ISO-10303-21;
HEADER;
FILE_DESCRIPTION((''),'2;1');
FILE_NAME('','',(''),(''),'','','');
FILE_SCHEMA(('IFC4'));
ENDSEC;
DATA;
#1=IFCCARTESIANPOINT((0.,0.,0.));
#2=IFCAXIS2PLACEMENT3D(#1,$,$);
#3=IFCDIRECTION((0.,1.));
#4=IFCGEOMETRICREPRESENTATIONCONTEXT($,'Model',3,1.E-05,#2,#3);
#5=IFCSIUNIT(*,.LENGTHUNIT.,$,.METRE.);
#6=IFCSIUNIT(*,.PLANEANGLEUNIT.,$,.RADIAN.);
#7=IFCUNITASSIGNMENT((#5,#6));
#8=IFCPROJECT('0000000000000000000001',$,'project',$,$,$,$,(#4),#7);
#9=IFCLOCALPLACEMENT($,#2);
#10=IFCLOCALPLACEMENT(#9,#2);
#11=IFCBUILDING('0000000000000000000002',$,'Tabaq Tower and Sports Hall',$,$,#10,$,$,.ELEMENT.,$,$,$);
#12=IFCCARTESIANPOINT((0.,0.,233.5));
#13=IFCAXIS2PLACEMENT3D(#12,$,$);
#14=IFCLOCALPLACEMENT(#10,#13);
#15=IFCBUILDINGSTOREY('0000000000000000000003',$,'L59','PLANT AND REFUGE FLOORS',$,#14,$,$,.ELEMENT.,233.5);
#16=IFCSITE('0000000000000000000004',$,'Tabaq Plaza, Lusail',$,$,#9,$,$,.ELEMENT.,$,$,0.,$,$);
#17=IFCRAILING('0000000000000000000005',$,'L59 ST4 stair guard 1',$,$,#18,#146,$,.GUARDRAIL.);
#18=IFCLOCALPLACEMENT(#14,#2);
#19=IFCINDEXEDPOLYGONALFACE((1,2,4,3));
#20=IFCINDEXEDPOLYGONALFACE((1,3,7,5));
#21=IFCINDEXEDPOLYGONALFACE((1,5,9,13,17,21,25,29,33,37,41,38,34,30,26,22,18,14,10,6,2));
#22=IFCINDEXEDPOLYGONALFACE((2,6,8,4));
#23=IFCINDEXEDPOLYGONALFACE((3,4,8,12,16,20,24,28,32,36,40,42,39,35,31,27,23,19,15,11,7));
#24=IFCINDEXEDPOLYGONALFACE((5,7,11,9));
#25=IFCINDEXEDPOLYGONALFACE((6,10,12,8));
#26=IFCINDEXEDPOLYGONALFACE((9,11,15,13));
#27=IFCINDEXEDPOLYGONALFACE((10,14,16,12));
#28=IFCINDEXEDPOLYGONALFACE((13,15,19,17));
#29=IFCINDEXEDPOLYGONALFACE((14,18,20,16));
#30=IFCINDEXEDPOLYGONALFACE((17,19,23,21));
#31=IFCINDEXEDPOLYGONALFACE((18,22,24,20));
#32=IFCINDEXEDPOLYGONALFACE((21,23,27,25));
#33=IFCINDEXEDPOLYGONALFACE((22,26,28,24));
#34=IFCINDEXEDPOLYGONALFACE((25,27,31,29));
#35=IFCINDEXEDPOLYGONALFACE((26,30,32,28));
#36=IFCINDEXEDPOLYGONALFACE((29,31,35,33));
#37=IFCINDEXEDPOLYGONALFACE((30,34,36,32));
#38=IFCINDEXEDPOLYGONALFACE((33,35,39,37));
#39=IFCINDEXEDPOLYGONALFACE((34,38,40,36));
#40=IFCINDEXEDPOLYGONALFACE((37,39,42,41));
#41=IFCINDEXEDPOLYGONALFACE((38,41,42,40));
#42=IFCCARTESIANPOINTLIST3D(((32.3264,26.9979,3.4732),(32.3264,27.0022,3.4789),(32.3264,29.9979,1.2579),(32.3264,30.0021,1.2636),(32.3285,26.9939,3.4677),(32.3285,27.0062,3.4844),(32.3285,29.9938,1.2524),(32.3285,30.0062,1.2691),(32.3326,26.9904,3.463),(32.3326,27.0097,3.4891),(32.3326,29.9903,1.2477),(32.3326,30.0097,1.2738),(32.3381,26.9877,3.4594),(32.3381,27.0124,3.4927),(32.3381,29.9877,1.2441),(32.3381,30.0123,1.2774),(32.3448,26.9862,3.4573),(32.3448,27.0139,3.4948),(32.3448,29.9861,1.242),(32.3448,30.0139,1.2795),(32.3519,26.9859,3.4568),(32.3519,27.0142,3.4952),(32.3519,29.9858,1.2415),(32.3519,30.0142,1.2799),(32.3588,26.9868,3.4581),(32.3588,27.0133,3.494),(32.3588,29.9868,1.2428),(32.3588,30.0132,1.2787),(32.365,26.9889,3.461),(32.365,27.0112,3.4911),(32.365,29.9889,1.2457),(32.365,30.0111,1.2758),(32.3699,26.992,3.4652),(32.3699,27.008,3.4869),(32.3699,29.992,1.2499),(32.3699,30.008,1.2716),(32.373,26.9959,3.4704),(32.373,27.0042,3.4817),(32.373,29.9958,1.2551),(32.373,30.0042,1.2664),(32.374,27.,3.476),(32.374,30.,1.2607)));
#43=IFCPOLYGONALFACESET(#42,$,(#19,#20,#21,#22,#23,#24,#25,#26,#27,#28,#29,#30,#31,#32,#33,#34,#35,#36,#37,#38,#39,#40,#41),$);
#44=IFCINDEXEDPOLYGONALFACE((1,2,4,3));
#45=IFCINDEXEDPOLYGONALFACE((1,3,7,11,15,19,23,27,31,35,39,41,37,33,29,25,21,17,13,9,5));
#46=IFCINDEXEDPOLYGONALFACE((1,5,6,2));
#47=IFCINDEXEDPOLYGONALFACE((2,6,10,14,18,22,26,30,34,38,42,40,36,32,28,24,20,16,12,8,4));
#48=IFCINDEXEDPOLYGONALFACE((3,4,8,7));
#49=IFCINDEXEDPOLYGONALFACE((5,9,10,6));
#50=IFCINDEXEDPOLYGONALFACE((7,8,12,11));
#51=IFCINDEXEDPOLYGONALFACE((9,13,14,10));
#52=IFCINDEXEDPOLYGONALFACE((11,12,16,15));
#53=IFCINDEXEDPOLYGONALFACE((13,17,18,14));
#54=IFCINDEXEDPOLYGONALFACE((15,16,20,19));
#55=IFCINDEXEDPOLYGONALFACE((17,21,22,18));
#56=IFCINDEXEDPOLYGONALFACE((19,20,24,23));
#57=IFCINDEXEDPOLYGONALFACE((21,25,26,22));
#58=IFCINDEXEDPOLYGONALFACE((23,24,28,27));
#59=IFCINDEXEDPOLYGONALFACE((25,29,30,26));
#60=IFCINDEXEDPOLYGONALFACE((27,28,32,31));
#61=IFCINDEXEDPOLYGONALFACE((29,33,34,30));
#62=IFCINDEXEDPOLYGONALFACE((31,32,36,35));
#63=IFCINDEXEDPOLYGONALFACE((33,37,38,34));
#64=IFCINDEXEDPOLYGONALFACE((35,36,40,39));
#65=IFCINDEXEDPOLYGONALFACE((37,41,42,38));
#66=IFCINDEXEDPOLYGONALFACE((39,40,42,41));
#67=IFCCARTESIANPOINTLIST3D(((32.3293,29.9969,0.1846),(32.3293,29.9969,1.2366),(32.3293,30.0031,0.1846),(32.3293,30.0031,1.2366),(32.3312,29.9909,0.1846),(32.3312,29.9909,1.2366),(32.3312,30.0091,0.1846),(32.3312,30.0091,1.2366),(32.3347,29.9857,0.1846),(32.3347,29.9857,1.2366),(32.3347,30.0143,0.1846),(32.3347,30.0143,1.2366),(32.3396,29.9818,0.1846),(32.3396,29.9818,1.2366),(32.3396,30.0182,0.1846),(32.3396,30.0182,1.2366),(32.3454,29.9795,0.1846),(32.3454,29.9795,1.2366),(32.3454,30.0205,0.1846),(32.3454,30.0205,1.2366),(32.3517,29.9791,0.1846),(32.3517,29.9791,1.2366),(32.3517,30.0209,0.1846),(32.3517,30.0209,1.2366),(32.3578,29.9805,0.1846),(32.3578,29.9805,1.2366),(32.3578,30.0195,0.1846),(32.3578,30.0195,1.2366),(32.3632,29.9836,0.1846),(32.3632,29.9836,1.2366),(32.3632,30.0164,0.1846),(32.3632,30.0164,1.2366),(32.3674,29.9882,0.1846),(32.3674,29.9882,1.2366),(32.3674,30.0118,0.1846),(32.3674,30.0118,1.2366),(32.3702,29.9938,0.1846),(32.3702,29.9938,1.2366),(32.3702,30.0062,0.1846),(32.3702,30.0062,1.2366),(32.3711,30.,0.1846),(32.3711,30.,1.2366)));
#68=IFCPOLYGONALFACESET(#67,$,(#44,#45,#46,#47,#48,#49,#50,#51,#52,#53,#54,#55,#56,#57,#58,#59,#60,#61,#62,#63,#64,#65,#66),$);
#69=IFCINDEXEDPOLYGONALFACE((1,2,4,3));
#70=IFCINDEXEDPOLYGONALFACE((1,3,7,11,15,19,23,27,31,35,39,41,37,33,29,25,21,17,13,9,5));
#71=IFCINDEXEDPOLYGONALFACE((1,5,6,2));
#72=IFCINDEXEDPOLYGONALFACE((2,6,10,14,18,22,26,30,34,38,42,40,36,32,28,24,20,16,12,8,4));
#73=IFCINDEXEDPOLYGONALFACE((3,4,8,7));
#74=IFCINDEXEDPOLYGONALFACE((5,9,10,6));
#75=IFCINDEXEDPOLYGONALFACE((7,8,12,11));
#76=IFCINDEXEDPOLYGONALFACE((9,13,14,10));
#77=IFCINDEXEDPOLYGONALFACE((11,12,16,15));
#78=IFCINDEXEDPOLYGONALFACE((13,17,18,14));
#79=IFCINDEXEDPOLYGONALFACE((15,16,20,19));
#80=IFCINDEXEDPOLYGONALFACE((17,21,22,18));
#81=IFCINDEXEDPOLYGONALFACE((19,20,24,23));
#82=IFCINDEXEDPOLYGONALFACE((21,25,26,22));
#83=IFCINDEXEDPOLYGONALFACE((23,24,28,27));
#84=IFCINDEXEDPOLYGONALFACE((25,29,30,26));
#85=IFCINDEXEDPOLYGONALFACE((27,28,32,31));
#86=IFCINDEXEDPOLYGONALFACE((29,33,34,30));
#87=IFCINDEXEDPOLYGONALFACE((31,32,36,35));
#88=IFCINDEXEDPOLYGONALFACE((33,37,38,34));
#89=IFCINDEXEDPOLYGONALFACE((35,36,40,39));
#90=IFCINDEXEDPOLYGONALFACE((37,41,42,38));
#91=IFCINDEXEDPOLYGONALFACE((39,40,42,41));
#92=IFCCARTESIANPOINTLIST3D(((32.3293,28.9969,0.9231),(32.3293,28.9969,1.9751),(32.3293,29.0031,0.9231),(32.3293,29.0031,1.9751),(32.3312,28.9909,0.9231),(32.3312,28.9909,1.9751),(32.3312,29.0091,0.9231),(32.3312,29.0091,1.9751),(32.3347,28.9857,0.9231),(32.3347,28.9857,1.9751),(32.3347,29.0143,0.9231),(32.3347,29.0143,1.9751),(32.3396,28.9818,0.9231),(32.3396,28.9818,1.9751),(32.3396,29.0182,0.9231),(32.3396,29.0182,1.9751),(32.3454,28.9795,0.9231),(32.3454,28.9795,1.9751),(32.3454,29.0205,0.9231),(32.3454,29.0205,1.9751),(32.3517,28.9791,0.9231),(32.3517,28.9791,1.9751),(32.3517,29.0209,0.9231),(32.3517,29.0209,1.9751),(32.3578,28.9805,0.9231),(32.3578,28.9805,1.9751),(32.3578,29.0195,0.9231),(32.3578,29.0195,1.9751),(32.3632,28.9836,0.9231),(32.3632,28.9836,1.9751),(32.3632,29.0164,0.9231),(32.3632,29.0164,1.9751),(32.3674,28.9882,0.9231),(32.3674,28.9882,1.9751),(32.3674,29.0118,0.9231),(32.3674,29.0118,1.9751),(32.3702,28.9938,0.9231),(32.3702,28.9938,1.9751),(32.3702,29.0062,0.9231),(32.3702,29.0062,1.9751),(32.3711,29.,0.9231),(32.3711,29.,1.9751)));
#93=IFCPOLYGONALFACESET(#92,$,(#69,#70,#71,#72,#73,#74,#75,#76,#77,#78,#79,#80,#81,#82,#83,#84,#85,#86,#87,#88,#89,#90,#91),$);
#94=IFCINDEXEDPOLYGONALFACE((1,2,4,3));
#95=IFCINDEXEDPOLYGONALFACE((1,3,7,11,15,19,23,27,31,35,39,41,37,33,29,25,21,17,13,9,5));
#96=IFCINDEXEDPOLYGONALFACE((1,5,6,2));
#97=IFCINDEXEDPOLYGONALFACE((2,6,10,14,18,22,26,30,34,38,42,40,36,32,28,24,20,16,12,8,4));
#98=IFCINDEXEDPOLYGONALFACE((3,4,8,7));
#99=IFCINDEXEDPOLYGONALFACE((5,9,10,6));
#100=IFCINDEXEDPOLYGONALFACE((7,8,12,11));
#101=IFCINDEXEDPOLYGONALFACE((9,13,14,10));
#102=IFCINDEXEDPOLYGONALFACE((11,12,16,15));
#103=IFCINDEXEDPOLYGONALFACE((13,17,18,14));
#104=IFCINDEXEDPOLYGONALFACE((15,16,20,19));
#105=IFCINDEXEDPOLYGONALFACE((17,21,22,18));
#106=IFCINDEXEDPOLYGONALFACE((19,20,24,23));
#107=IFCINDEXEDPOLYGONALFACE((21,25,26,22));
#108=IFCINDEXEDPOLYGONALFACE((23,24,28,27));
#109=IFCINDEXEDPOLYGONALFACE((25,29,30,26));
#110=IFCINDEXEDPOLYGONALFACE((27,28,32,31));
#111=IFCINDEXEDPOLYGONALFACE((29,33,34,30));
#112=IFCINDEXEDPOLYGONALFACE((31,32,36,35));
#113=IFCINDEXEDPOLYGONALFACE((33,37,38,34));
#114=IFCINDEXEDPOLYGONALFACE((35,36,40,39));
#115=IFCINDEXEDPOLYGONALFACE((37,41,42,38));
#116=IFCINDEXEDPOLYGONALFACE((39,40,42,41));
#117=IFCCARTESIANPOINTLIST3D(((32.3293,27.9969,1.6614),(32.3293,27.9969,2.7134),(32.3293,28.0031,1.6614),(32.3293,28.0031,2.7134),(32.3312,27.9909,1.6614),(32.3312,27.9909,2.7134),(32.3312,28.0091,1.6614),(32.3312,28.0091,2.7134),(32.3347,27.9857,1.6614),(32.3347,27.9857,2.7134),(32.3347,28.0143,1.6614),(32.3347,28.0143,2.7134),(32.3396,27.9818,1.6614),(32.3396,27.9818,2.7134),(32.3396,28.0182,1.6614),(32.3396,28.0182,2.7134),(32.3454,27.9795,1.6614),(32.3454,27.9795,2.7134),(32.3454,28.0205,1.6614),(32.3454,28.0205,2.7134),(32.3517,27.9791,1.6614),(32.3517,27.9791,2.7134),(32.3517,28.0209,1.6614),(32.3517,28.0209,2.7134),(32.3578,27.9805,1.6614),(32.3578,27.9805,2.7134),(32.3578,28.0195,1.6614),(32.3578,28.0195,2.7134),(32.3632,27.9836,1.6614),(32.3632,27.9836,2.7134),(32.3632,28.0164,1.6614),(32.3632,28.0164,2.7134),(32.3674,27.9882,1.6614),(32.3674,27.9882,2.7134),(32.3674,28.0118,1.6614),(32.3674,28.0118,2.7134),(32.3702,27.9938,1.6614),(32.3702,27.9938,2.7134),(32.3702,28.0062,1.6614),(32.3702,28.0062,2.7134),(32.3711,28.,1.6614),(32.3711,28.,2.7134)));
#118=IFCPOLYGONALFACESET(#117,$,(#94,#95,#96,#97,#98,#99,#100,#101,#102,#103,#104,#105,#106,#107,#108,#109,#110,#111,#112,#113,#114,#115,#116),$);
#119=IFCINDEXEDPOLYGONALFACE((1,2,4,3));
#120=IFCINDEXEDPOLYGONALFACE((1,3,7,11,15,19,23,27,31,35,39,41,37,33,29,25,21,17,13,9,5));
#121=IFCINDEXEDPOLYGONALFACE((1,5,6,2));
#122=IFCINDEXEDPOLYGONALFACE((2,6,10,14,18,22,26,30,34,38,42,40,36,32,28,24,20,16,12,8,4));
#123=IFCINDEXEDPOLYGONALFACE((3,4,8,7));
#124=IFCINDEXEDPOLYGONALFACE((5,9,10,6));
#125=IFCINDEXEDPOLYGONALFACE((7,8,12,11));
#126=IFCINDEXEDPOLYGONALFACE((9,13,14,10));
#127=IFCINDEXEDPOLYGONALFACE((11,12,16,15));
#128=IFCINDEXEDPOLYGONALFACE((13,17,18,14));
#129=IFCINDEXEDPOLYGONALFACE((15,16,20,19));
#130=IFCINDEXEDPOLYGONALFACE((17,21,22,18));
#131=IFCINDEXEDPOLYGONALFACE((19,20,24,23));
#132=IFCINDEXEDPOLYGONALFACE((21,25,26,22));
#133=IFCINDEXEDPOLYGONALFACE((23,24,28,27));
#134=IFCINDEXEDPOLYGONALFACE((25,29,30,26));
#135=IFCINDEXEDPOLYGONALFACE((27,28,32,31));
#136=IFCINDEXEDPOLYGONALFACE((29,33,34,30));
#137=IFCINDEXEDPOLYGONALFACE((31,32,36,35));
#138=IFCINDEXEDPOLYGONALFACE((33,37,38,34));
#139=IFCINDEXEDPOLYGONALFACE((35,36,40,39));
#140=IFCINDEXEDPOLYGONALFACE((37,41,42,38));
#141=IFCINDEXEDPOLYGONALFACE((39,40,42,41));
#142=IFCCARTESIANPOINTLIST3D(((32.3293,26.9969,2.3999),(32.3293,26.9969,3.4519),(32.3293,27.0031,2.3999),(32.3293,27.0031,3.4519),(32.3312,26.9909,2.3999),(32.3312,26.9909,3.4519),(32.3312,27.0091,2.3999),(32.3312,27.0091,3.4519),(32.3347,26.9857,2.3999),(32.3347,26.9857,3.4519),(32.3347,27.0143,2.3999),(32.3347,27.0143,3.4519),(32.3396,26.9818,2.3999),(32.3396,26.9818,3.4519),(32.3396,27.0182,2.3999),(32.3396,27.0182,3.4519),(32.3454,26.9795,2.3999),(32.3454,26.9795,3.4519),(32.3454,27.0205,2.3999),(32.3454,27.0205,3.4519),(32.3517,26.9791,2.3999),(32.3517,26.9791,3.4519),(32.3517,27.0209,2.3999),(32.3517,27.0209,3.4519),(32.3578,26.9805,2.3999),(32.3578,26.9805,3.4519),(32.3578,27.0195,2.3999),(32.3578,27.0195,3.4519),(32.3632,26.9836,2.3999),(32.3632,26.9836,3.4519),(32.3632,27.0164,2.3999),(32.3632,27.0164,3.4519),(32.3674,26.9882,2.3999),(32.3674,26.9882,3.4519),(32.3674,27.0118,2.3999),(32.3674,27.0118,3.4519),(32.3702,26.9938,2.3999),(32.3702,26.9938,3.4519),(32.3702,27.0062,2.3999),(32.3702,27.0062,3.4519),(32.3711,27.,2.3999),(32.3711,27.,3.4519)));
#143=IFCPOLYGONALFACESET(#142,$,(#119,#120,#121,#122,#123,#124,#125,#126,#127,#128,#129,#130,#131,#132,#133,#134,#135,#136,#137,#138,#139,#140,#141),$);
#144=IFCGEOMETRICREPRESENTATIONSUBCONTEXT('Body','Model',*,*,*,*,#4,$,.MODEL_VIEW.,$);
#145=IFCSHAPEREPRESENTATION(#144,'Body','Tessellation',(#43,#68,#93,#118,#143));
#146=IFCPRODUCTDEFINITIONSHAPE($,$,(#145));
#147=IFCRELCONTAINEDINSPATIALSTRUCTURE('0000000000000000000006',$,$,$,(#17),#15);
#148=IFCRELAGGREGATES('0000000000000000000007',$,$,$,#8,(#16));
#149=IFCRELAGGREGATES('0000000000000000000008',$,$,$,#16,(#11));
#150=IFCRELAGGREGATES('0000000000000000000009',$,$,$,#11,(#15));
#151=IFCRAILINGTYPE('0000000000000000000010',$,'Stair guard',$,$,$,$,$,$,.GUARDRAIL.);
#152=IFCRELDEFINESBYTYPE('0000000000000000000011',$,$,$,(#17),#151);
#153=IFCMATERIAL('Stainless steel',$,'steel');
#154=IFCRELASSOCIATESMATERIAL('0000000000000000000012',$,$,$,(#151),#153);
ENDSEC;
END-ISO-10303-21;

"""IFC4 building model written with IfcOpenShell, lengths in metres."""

from ifc_helpers import new_model, si_unit, direction, frame, origin, origin_2d, place, context, subcontext, project, spatial, circle, extrude, material, type_object, element, save


model = new_model("IFC4")

# Units and contexts
model_context = context("Model", 3, precision=1e-05, world=origin(), true_north=direction((0.0, 1.0)))
body_context = subcontext(model_context, "Body", "Model", "MODEL_VIEW")
ifc_project = project(units=[si_unit("LENGTHUNIT", "METRE"), si_unit("PLANEANGLEUNIT", "RADIAN")], contexts=[model_context])

# Site, building, storey
site_placement = place(None, origin())
site = spatial("IfcSite", under=ifc_project, at=site_placement, Name="Tabaq Plaza, Lusail", CompositionType="ELEMENT", RefElevation=0.0)
building_placement = place(site_placement, origin())
building = spatial("IfcBuilding", under=site, at=building_placement, Name="Tabaq Tower and Sports Hall", CompositionType="ELEMENT")
storey_placement = place(building_placement, frame((0.0, 0.0, 233.5)))
storey = spatial("IfcBuildingStorey", under=building, at=storey_placement, Name="L59", Description="PLANT AND REFUGE FLOORS", CompositionType="ELEMENT", Elevation=233.5)

# Railing
ifc_material_1 = material(Name="Stainless steel", Category="steel")
railing_type_1 = type_object("IfcRailingType", Name="Stair guard", PredefinedType="GUARDRAIL", material=ifc_material_1)
railing_1_placement = place(storey_placement, frame((32.3501, 30.0, 0.1846)))
element("IfcRailing", 1, at=railing_1_placement, inside=storey, type_object=railing_type_1, Name="L59 ST4 stair guard 1", PredefinedType="GUARDRAIL", context=body_context, shape_type="SweptSolid", body=[
    extrude(circle(Radius=0.0239, at=origin_2d()), frame((0.0, 0.0, 1.0762), z_axis=(0.0, -0.80444, 0.594034), x_axis=(1.0, 0.0, 0.0)), (0.0, 0.0, 1.0), 3.7292),
    extrude(circle(Radius=0.021, at=origin_2d()), origin(), (0.0, 0.0, 1.0), 1.052),
    extrude(circle(Radius=0.021, at=origin_2d()), frame((0.0, -1.0, 0.7385)), (0.0, 0.0, 1.0), 1.052),
    extrude(circle(Radius=0.021, at=origin_2d()), frame((0.0, -2.0, 1.4768)), (0.0, 0.0, 1.0), 1.052),
    extrude(circle(Radius=0.021, at=origin_2d()), frame((0.0, -3.0, 2.2153)), (0.0, 0.0, 1.0), 1.052),
])

save(model, "model.ifc")
